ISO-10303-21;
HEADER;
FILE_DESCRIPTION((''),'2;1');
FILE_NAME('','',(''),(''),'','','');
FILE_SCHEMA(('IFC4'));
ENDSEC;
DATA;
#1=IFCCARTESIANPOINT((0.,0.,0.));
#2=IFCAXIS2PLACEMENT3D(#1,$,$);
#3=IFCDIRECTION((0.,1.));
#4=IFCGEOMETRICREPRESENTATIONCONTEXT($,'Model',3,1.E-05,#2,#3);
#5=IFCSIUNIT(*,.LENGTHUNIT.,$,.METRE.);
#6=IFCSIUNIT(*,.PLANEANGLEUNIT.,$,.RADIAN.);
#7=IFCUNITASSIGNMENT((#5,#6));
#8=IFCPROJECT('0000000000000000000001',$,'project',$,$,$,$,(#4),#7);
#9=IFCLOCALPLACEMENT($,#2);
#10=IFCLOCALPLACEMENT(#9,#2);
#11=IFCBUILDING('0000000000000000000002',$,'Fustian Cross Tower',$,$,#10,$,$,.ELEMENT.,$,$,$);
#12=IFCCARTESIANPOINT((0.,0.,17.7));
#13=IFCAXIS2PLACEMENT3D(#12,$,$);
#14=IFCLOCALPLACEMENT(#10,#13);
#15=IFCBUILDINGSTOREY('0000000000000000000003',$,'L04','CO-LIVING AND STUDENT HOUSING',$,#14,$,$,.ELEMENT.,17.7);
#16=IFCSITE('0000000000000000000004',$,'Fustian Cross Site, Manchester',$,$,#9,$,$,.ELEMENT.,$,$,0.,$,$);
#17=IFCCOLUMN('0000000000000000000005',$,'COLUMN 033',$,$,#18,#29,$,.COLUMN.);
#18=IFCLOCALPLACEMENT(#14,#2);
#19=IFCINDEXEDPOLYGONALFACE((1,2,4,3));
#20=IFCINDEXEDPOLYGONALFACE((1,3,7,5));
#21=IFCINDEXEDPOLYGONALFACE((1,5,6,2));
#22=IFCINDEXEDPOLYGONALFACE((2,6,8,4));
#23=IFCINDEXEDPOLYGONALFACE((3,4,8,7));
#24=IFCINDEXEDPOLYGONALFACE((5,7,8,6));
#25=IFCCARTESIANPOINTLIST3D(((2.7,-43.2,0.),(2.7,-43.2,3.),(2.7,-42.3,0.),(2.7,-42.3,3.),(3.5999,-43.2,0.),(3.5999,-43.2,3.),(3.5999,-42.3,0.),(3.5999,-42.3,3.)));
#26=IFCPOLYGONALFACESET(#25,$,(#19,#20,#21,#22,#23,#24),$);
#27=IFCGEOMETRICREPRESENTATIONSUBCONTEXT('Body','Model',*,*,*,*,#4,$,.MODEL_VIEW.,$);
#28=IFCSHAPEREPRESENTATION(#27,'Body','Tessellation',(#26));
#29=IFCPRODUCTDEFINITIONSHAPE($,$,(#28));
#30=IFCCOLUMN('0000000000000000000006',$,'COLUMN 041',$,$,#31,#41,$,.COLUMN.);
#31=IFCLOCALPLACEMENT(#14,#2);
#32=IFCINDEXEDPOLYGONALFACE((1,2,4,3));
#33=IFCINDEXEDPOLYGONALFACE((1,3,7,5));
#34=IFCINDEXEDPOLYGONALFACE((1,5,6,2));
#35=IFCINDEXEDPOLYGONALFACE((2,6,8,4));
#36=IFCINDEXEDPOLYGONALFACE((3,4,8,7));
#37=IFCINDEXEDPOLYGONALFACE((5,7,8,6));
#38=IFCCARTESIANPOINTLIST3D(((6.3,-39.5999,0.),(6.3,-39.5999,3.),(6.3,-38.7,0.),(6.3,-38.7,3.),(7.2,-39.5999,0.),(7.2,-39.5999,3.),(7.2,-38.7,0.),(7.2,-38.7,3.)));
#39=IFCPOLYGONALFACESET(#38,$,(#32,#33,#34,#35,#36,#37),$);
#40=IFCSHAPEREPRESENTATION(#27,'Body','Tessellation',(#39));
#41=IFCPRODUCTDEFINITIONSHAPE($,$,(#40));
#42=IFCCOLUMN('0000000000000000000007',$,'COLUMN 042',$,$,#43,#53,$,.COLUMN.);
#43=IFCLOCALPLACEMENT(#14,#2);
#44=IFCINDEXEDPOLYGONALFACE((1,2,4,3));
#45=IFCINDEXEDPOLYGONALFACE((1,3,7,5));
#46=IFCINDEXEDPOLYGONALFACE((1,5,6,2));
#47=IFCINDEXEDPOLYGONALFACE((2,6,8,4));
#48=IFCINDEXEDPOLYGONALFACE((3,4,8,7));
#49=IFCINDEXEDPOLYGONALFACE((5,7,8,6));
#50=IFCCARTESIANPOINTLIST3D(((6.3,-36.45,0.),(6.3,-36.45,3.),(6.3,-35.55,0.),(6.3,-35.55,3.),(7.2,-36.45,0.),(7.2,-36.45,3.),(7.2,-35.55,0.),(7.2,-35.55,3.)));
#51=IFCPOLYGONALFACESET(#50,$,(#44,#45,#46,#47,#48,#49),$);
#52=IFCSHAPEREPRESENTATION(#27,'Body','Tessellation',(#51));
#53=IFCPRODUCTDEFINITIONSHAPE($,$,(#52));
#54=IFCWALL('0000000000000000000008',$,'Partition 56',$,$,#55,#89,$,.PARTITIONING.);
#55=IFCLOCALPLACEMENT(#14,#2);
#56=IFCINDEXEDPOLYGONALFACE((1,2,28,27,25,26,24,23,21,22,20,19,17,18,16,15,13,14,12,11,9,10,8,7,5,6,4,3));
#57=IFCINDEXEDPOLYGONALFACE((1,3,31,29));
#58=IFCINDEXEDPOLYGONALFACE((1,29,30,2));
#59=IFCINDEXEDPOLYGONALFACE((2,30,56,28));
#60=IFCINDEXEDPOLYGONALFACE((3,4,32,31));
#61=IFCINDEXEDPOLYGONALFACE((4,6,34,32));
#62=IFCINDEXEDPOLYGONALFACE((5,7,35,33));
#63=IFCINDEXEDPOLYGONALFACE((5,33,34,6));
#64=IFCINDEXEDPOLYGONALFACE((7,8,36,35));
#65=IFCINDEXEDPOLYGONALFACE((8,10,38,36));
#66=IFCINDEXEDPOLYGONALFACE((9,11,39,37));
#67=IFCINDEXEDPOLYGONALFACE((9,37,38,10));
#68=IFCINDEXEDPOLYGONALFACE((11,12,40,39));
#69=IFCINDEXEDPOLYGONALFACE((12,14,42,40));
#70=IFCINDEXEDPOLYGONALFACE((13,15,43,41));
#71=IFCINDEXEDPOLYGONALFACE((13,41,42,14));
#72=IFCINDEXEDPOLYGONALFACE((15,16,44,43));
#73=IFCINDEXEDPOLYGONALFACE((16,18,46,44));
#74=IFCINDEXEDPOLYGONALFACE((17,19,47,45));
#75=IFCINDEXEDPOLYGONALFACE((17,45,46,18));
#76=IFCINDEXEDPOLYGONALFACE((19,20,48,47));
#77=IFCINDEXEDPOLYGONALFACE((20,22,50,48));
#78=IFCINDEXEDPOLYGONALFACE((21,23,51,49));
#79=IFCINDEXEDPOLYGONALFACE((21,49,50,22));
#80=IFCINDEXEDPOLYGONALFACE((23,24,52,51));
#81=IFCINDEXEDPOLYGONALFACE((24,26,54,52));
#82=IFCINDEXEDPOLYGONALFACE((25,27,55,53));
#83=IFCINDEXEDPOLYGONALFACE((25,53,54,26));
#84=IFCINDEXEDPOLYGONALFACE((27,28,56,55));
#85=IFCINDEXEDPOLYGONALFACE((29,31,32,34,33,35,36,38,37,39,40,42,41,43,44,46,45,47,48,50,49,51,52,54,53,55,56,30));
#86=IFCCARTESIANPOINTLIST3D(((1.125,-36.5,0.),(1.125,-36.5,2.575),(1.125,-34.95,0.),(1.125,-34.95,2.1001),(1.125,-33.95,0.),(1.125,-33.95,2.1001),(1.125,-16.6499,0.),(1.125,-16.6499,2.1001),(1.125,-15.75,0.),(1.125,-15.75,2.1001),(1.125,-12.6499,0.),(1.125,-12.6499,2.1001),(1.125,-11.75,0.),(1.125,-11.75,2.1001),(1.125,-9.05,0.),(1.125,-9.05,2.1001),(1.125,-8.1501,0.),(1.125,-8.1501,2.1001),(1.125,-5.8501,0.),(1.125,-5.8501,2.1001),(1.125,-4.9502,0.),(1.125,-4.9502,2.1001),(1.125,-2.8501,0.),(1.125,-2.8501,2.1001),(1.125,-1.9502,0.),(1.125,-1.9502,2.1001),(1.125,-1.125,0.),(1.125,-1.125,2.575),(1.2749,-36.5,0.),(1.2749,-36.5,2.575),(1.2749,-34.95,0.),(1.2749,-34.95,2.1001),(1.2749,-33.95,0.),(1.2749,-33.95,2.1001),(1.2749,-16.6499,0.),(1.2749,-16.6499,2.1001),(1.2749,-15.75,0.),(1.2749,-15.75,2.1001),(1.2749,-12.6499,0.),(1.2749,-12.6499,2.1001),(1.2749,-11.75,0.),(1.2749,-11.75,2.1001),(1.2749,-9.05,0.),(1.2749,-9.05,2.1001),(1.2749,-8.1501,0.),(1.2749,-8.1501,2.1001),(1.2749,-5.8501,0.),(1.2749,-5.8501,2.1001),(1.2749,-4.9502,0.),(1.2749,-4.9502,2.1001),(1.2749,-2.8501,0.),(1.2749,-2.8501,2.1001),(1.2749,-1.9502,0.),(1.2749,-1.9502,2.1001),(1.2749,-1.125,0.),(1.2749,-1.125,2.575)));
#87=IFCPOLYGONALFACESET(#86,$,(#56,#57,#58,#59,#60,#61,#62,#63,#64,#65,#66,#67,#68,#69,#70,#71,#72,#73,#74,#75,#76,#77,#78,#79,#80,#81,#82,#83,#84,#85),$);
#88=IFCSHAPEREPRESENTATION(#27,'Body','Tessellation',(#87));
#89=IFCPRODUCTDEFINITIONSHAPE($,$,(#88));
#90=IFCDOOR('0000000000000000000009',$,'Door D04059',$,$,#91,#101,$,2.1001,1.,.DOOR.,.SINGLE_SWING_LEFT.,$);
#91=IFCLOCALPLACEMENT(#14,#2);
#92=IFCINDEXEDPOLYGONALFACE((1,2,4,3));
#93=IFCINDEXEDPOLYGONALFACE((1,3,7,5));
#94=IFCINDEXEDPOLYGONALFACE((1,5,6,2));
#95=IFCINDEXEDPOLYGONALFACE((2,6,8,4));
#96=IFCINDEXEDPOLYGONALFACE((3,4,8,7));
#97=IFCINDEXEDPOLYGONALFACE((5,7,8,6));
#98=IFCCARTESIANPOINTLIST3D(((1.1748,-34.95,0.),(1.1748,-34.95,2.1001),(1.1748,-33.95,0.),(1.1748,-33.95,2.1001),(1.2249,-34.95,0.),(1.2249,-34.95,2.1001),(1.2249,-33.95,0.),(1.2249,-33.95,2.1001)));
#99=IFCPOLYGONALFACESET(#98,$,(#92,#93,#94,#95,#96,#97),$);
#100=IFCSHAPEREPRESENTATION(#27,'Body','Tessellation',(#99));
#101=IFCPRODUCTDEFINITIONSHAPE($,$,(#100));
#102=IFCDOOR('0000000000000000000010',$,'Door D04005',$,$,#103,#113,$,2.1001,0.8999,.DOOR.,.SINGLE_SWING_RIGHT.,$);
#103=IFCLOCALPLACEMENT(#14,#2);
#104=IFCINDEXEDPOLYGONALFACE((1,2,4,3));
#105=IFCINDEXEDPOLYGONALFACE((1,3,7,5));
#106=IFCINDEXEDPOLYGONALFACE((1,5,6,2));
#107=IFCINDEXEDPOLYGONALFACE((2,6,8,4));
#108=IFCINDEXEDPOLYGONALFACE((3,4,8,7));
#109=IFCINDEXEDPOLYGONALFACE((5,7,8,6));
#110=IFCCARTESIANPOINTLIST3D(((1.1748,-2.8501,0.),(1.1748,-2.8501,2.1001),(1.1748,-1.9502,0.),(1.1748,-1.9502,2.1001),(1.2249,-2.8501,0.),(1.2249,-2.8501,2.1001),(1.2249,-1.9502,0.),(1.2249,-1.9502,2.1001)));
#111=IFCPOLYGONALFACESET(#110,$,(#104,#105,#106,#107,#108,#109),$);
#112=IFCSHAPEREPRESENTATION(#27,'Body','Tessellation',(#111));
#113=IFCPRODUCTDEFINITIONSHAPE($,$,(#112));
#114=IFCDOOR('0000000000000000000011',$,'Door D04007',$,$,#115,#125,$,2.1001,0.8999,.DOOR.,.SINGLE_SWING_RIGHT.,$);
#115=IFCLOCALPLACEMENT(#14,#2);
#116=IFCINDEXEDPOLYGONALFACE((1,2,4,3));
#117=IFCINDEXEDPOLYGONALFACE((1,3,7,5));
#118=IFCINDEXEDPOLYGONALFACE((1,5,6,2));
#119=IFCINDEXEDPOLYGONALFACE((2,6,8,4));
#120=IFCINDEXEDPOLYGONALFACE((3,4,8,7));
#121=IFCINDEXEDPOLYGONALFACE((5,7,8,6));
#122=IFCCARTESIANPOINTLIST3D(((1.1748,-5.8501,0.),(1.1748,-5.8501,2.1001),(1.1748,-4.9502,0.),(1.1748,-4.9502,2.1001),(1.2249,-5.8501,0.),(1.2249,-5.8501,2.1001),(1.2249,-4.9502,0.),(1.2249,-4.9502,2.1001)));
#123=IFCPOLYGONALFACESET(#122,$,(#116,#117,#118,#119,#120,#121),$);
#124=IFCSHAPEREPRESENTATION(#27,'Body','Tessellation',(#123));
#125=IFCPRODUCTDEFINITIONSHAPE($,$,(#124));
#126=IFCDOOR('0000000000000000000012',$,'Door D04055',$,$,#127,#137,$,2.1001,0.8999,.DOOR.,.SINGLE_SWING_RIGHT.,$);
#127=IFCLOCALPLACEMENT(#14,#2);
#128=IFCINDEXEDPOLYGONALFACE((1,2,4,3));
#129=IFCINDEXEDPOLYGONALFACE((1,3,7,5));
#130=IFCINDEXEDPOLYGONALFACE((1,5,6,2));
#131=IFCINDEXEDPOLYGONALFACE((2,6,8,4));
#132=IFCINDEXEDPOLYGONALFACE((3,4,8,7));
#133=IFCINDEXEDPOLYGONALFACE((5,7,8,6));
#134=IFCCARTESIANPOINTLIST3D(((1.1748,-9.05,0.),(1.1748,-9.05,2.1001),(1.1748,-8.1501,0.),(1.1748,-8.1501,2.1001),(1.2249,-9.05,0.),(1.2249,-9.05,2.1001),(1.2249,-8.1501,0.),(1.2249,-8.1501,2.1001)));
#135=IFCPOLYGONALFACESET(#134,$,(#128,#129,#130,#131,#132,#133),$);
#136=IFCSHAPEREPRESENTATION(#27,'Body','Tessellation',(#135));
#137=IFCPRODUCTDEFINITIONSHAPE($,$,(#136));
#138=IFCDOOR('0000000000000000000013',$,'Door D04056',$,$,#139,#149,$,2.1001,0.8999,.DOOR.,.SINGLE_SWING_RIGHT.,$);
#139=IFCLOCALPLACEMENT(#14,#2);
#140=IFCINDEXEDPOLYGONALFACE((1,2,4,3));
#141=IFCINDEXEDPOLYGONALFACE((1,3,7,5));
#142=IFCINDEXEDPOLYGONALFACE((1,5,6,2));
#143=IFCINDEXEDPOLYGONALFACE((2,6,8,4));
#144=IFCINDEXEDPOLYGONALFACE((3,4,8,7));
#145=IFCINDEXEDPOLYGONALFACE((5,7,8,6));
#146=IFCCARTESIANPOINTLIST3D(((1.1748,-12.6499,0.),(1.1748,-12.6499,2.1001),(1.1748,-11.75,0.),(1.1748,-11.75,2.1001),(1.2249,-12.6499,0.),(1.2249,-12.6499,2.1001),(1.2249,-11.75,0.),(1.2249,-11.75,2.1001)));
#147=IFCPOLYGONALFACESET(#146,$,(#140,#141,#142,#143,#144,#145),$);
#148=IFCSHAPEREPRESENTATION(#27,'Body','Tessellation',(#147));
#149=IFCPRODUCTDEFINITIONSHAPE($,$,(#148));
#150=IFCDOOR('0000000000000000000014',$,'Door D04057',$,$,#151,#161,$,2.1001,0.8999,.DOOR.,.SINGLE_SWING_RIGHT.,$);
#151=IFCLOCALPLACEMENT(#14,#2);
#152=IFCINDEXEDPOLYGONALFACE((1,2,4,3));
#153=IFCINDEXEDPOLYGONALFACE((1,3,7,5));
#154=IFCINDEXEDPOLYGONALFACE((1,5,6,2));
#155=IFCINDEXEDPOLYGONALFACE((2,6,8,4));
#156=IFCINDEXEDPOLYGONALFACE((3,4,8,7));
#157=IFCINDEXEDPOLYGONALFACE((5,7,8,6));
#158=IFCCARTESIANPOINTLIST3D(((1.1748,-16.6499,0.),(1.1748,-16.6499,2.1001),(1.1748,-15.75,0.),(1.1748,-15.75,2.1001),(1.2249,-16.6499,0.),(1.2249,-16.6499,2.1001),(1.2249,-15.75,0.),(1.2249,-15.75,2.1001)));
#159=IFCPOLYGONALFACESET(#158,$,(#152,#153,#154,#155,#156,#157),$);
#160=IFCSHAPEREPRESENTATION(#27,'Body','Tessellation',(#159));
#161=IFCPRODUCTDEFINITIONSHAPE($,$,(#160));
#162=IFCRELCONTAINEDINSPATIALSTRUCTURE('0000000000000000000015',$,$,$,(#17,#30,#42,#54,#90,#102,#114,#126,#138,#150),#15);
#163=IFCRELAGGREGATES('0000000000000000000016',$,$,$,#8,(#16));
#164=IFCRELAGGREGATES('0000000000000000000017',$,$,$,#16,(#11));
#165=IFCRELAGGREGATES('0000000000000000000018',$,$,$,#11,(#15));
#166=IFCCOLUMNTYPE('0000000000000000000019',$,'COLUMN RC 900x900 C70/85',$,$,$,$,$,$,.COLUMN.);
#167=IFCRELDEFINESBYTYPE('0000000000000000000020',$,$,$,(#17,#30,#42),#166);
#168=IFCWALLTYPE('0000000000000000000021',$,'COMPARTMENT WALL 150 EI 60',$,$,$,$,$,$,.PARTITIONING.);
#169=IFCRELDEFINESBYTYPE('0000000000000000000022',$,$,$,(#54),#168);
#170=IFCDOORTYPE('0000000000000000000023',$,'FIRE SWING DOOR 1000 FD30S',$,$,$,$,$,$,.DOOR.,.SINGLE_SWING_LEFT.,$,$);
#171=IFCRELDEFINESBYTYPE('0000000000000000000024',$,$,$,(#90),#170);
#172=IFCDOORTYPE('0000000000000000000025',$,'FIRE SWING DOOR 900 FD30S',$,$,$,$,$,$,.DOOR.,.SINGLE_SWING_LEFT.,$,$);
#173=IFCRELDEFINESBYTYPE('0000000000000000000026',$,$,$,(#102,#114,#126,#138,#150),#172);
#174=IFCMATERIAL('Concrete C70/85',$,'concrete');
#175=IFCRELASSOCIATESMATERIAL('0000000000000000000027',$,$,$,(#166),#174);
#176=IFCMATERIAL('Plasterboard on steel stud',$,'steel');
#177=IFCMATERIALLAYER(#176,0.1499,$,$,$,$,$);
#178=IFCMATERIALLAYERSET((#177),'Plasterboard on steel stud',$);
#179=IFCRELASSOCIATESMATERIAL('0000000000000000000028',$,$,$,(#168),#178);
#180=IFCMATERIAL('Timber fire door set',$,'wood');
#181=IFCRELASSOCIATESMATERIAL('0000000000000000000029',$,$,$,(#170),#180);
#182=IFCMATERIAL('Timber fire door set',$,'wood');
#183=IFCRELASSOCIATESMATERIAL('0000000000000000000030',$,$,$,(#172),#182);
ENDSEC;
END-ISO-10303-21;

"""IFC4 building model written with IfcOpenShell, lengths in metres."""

from ifc_helpers import new_model, si_unit, direction, frame, frame_2d, origin, origin_2d, place, context, subcontext, project, spatial, rectangle, extrude, material, layer, layer_set, material_profile, profile_set, type_object, element, fill, save


model = new_model("IFC4")

# Units and contexts
model_context = context("Model", 3, precision=1e-05, world=origin(), true_north=direction((0.0, 1.0)))
body_context = subcontext(model_context, "Body", "Model", "MODEL_VIEW")
ifc_project = project(units=[si_unit("LENGTHUNIT", "METRE"), si_unit("PLANEANGLEUNIT", "RADIAN")], contexts=[model_context])

# Site, building, storey
site_placement = place(None, origin())
site = spatial("IfcSite", under=ifc_project, at=site_placement, Name="Fustian Cross Site, Manchester", CompositionType="ELEMENT", RefElevation=0.0)
building_placement = place(site_placement, origin())
building = spatial("IfcBuilding", under=site, at=building_placement, Name="Fustian Cross Tower", CompositionType="ELEMENT")
storey_placement = place(building_placement, frame((0.0, 0.0, 17.7)))
storey = spatial("IfcBuildingStorey", under=building, at=storey_placement, Name="L04", Description="CO-LIVING AND STUDENT HOUSING", CompositionType="ELEMENT", Elevation=17.7)

# Columns
ifc_material_1 = material(Name="Concrete C70/85", Category="concrete")
ifc_material_profile = material_profile(ifc_material_1, rectangle(XDim=0.8999, YDim=0.8999, at=origin_2d()), Name="RC 900x900")
ifc_profile_set = profile_set([ifc_material_profile], Name="Concrete C70/85")
column_type = type_object("IfcColumnType", Name="COLUMN RC 900x900 C70/85", PredefinedType="COLUMN", material=ifc_profile_set)
for number, where, z_axis, x_axis, name in (
    (1, (3.1499, -42.75, 0.0), (0.0, 0.0, 1.0), (1.0, 0.0, 0.0), "COLUMN 033"),
    (2, (6.75, -39.1499, 0.0), (0.0, 0.0, 1.0), (1.0, 0.0, 0.0), "COLUMN 041"),
    (3, (6.75, -36.0, 0.0), (0.0, 0.0, 1.0), (1.0, 0.0, 0.0), "COLUMN 042"),
):
    element("IfcColumn", number, at=place(storey_placement, frame(where, z_axis=z_axis, x_axis=x_axis)), inside=storey, type_object=column_type, Name=name, PredefinedType="COLUMN", context=body_context, shape_type="SweptSolid", body=[
        extrude(rectangle(XDim=0.8999, YDim=0.8999, at=origin_2d()), origin(), (0.0, 0.0, 1.0), 3.0),
    ])

# Wall, openings, doors
ifc_material_2 = material(Name="Plasterboard on steel stud", Category="steel")
ifc_layer_1 = layer(ifc_material_2, 0.1499)
ifc_layer_set_1 = layer_set([ifc_layer_1], Name="Plasterboard on steel stud")
wall_type_1 = type_object("IfcWallType", Name="COMPARTMENT WALL 150 EI 60", PredefinedType="PARTITIONING", material=ifc_layer_set_1)
wall_1_placement = place(storey_placement, frame((1.2, -36.5, 0.0), z_axis=(0.0, 0.0, 1.0), x_axis=(0.0, 1.0, 0.0)))
wall_1 = element("IfcWall", 4, at=wall_1_placement, inside=storey, type_object=wall_type_1, Name="Partition 56", PredefinedType="PARTITIONING", context=body_context, shape_type="SweptSolid", body=[
    extrude(rectangle(XDim=35.375, YDim=0.1499, at=frame_2d((17.6875, 0.0))), origin(), (0.0, 0.0, 1.0), 2.575),
])
opening_1_placement = place(wall_1_placement, frame((33.6499, 0.0, 0.0)))
opening_1 = element("IfcOpeningElement", 5, at=opening_1_placement, cuts=wall_1, PredefinedType="OPENING", context=body_context, shape_type="SweptSolid", body=[
    extrude(rectangle(XDim=0.8999, YDim=2.1001, at=frame_2d((0.45, 1.05))), frame((0.0, 0.085, 0.0), z_axis=(0.0, -1.0, 0.0), x_axis=(1.0, 0.0, 0.0)), (0.0, 0.0, 1.0), 0.1699),
])
opening_2_placement = place(wall_1_placement, frame((30.6499, 0.0, 0.0)))
opening_2 = element("IfcOpeningElement", 6, at=opening_2_placement, cuts=wall_1, PredefinedType="OPENING", context=body_context, shape_type="SweptSolid", body=[
    extrude(rectangle(XDim=0.8999, YDim=2.1001, at=frame_2d((0.45, 1.05))), frame((0.0, 0.085, 0.0), z_axis=(0.0, -1.0, 0.0), x_axis=(1.0, 0.0, 0.0)), (0.0, 0.0, 1.0), 0.1699),
])
opening_3_placement = place(wall_1_placement, frame((27.45, 0.0, 0.0)))
opening_3 = element("IfcOpeningElement", 7, at=opening_3_placement, cuts=wall_1, PredefinedType="OPENING", context=body_context, shape_type="SweptSolid", body=[
    extrude(rectangle(XDim=0.8999, YDim=2.1001, at=frame_2d((0.45, 1.05))), frame((0.0, 0.085, 0.0), z_axis=(0.0, -1.0, 0.0), x_axis=(1.0, 0.0, 0.0)), (0.0, 0.0, 1.0), 0.1699),
])
opening_4_placement = place(wall_1_placement, frame((23.8501, 0.0, 0.0)))
opening_4 = element("IfcOpeningElement", 8, at=opening_4_placement, cuts=wall_1, PredefinedType="OPENING", context=body_context, shape_type="SweptSolid", body=[
    extrude(rectangle(XDim=0.8999, YDim=2.1001, at=frame_2d((0.45, 1.05))), frame((0.0, 0.085, 0.0), z_axis=(0.0, -1.0, 0.0), x_axis=(1.0, 0.0, 0.0)), (0.0, 0.0, 1.0), 0.1699),
])
opening_5_placement = place(wall_1_placement, frame((19.8501, 0.0, 0.0)))
opening_5 = element("IfcOpeningElement", 9, at=opening_5_placement, cuts=wall_1, PredefinedType="OPENING", context=body_context, shape_type="SweptSolid", body=[
    extrude(rectangle(XDim=0.8999, YDim=2.1001, at=frame_2d((0.45, 1.05))), frame((0.0, 0.085, 0.0), z_axis=(0.0, -1.0, 0.0), x_axis=(1.0, 0.0, 0.0)), (0.0, 0.0, 1.0), 0.1699),
])
opening_6_placement = place(wall_1_placement, frame((1.55, 0.0, 0.0)))
opening_6 = element("IfcOpeningElement", 10, at=opening_6_placement, cuts=wall_1, PredefinedType="OPENING", context=body_context, shape_type="SweptSolid", body=[
    extrude(rectangle(XDim=1.0, YDim=2.1001, at=frame_2d((0.5, 1.05))), frame((0.0, 0.085, 0.0), z_axis=(0.0, -1.0, 0.0), x_axis=(1.0, 0.0, 0.0)), (0.0, 0.0, 1.0), 0.1699),
])
ifc_material_3 = material(Name="Timber fire door set", Category="wood")
door_type_1 = type_object("IfcDoorType", Name="FIRE SWING DOOR 1000 FD30S", OperationType="SINGLE_SWING_LEFT", PredefinedType="DOOR", material=ifc_material_3)
door_1_placement = place(opening_6_placement, frame((1.0, 0.0, 0.0), z_axis=(0.0, 0.0, 1.0), x_axis=(-1.0, 0.0, 0.0)))
door_1 = element("IfcDoor", 11, at=door_1_placement, inside=storey, type_object=door_type_1, Name="Door D04059", OperationType="SINGLE_SWING_LEFT", OverallHeight=2.1001, OverallWidth=1.0, PredefinedType="DOOR", context=body_context, shape_type="SweptSolid", body=[
    extrude(rectangle(XDim=1.0, YDim=2.1001, at=frame_2d((0.5, 1.05))), frame((0.0, 0.0249, 0.0), z_axis=(0.0, -1.0, 0.0), x_axis=(1.0, 0.0, 0.0)), (0.0, 0.0, 1.0), 0.05),
])
fill(opening_6, door_1)
ifc_material_4 = material(Name="Timber fire door set", Category="wood")
door_type_2 = type_object("IfcDoorType", Name="FIRE SWING DOOR 900 FD30S", OperationType="SINGLE_SWING_LEFT", PredefinedType="DOOR", material=ifc_material_4)
door_2_placement = place(opening_1_placement, frame((0.8999, 0.0, 0.0), z_axis=(0.0, 0.0, 1.0), x_axis=(-1.0, 0.0, 0.0)))
door_2 = element("IfcDoor", 12, at=door_2_placement, inside=storey, type_object=door_type_2, Name="Door D04005", OperationType="SINGLE_SWING_RIGHT", OverallHeight=2.1001, OverallWidth=0.8999, PredefinedType="DOOR", context=body_context, shape_type="SweptSolid", body=[
    extrude(rectangle(XDim=0.8999, YDim=2.1001, at=frame_2d((0.45, 1.05))), frame((0.0, 0.0249, 0.0), z_axis=(0.0, -1.0, 0.0), x_axis=(1.0, 0.0, 0.0)), (0.0, 0.0, 1.0), 0.05),
])
fill(opening_1, door_2)
door_3_placement = place(opening_2_placement, frame((0.8999, 0.0, 0.0), z_axis=(0.0, 0.0, 1.0), x_axis=(-1.0, 0.0, 0.0)))
door_3 = element("IfcDoor", 13, at=door_3_placement, inside=storey, type_object=door_type_2, Name="Door D04007", OperationType="SINGLE_SWING_RIGHT", OverallHeight=2.1001, OverallWidth=0.8999, PredefinedType="DOOR", context=body_context, shape_type="SweptSolid", body=[
    extrude(rectangle(XDim=0.8999, YDim=2.1001, at=frame_2d((0.45, 1.05))), frame((0.0, 0.0249, 0.0), z_axis=(0.0, -1.0, 0.0), x_axis=(1.0, 0.0, 0.0)), (0.0, 0.0, 1.0), 0.05),
])
fill(opening_2, door_3)
door_4_placement = place(opening_3_placement, frame((0.8999, 0.0, 0.0), z_axis=(0.0, 0.0, 1.0), x_axis=(-1.0, 0.0, 0.0)))
door_4 = element("IfcDoor", 14, at=door_4_placement, inside=storey, type_object=door_type_2, Name="Door D04055", OperationType="SINGLE_SWING_RIGHT", OverallHeight=2.1001, OverallWidth=0.8999, PredefinedType="DOOR", context=body_context, shape_type="SweptSolid", body=[
    extrude(rectangle(XDim=0.8999, YDim=2.1001, at=frame_2d((0.45, 1.05))), frame((0.0, 0.0249, 0.0), z_axis=(0.0, -1.0, 0.0), x_axis=(1.0, 0.0, 0.0)), (0.0, 0.0, 1.0), 0.05),
])
fill(opening_3, door_4)
door_5_placement = place(opening_4_placement, frame((0.8999, 0.0, 0.0), z_axis=(0.0, 0.0, 1.0), x_axis=(-1.0, 0.0, 0.0)))
door_5 = element("IfcDoor", 15, at=door_5_placement, inside=storey, type_object=door_type_2, Name="Door D04056", OperationType="SINGLE_SWING_RIGHT", OverallHeight=2.1001, OverallWidth=0.8999, PredefinedType="DOOR", context=body_context, shape_type="SweptSolid", body=[
    extrude(rectangle(XDim=0.8999, YDim=2.1001, at=frame_2d((0.45, 1.05))), frame((0.0, 0.0249, 0.0), z_axis=(0.0, -1.0, 0.0), x_axis=(1.0, 0.0, 0.0)), (0.0, 0.0, 1.0), 0.05),
])
fill(opening_4, door_5)
door_6_placement = place(opening_5_placement, frame((0.8999, 0.0, 0.0), z_axis=(0.0, 0.0, 1.0), x_axis=(-1.0, 0.0, 0.0)))
door_6 = element("IfcDoor", 16, at=door_6_placement, inside=storey, type_object=door_type_2, Name="Door D04057", OperationType="SINGLE_SWING_RIGHT", OverallHeight=2.1001, OverallWidth=0.8999, PredefinedType="DOOR", context=body_context, shape_type="SweptSolid", body=[
    extrude(rectangle(XDim=0.8999, YDim=2.1001, at=frame_2d((0.45, 1.05))), frame((0.0, 0.0249, 0.0), z_axis=(0.0, -1.0, 0.0), x_axis=(1.0, 0.0, 0.0)), (0.0, 0.0, 1.0), 0.05),
])
fill(opening_5, door_6)

save(model, "model.ifc")
